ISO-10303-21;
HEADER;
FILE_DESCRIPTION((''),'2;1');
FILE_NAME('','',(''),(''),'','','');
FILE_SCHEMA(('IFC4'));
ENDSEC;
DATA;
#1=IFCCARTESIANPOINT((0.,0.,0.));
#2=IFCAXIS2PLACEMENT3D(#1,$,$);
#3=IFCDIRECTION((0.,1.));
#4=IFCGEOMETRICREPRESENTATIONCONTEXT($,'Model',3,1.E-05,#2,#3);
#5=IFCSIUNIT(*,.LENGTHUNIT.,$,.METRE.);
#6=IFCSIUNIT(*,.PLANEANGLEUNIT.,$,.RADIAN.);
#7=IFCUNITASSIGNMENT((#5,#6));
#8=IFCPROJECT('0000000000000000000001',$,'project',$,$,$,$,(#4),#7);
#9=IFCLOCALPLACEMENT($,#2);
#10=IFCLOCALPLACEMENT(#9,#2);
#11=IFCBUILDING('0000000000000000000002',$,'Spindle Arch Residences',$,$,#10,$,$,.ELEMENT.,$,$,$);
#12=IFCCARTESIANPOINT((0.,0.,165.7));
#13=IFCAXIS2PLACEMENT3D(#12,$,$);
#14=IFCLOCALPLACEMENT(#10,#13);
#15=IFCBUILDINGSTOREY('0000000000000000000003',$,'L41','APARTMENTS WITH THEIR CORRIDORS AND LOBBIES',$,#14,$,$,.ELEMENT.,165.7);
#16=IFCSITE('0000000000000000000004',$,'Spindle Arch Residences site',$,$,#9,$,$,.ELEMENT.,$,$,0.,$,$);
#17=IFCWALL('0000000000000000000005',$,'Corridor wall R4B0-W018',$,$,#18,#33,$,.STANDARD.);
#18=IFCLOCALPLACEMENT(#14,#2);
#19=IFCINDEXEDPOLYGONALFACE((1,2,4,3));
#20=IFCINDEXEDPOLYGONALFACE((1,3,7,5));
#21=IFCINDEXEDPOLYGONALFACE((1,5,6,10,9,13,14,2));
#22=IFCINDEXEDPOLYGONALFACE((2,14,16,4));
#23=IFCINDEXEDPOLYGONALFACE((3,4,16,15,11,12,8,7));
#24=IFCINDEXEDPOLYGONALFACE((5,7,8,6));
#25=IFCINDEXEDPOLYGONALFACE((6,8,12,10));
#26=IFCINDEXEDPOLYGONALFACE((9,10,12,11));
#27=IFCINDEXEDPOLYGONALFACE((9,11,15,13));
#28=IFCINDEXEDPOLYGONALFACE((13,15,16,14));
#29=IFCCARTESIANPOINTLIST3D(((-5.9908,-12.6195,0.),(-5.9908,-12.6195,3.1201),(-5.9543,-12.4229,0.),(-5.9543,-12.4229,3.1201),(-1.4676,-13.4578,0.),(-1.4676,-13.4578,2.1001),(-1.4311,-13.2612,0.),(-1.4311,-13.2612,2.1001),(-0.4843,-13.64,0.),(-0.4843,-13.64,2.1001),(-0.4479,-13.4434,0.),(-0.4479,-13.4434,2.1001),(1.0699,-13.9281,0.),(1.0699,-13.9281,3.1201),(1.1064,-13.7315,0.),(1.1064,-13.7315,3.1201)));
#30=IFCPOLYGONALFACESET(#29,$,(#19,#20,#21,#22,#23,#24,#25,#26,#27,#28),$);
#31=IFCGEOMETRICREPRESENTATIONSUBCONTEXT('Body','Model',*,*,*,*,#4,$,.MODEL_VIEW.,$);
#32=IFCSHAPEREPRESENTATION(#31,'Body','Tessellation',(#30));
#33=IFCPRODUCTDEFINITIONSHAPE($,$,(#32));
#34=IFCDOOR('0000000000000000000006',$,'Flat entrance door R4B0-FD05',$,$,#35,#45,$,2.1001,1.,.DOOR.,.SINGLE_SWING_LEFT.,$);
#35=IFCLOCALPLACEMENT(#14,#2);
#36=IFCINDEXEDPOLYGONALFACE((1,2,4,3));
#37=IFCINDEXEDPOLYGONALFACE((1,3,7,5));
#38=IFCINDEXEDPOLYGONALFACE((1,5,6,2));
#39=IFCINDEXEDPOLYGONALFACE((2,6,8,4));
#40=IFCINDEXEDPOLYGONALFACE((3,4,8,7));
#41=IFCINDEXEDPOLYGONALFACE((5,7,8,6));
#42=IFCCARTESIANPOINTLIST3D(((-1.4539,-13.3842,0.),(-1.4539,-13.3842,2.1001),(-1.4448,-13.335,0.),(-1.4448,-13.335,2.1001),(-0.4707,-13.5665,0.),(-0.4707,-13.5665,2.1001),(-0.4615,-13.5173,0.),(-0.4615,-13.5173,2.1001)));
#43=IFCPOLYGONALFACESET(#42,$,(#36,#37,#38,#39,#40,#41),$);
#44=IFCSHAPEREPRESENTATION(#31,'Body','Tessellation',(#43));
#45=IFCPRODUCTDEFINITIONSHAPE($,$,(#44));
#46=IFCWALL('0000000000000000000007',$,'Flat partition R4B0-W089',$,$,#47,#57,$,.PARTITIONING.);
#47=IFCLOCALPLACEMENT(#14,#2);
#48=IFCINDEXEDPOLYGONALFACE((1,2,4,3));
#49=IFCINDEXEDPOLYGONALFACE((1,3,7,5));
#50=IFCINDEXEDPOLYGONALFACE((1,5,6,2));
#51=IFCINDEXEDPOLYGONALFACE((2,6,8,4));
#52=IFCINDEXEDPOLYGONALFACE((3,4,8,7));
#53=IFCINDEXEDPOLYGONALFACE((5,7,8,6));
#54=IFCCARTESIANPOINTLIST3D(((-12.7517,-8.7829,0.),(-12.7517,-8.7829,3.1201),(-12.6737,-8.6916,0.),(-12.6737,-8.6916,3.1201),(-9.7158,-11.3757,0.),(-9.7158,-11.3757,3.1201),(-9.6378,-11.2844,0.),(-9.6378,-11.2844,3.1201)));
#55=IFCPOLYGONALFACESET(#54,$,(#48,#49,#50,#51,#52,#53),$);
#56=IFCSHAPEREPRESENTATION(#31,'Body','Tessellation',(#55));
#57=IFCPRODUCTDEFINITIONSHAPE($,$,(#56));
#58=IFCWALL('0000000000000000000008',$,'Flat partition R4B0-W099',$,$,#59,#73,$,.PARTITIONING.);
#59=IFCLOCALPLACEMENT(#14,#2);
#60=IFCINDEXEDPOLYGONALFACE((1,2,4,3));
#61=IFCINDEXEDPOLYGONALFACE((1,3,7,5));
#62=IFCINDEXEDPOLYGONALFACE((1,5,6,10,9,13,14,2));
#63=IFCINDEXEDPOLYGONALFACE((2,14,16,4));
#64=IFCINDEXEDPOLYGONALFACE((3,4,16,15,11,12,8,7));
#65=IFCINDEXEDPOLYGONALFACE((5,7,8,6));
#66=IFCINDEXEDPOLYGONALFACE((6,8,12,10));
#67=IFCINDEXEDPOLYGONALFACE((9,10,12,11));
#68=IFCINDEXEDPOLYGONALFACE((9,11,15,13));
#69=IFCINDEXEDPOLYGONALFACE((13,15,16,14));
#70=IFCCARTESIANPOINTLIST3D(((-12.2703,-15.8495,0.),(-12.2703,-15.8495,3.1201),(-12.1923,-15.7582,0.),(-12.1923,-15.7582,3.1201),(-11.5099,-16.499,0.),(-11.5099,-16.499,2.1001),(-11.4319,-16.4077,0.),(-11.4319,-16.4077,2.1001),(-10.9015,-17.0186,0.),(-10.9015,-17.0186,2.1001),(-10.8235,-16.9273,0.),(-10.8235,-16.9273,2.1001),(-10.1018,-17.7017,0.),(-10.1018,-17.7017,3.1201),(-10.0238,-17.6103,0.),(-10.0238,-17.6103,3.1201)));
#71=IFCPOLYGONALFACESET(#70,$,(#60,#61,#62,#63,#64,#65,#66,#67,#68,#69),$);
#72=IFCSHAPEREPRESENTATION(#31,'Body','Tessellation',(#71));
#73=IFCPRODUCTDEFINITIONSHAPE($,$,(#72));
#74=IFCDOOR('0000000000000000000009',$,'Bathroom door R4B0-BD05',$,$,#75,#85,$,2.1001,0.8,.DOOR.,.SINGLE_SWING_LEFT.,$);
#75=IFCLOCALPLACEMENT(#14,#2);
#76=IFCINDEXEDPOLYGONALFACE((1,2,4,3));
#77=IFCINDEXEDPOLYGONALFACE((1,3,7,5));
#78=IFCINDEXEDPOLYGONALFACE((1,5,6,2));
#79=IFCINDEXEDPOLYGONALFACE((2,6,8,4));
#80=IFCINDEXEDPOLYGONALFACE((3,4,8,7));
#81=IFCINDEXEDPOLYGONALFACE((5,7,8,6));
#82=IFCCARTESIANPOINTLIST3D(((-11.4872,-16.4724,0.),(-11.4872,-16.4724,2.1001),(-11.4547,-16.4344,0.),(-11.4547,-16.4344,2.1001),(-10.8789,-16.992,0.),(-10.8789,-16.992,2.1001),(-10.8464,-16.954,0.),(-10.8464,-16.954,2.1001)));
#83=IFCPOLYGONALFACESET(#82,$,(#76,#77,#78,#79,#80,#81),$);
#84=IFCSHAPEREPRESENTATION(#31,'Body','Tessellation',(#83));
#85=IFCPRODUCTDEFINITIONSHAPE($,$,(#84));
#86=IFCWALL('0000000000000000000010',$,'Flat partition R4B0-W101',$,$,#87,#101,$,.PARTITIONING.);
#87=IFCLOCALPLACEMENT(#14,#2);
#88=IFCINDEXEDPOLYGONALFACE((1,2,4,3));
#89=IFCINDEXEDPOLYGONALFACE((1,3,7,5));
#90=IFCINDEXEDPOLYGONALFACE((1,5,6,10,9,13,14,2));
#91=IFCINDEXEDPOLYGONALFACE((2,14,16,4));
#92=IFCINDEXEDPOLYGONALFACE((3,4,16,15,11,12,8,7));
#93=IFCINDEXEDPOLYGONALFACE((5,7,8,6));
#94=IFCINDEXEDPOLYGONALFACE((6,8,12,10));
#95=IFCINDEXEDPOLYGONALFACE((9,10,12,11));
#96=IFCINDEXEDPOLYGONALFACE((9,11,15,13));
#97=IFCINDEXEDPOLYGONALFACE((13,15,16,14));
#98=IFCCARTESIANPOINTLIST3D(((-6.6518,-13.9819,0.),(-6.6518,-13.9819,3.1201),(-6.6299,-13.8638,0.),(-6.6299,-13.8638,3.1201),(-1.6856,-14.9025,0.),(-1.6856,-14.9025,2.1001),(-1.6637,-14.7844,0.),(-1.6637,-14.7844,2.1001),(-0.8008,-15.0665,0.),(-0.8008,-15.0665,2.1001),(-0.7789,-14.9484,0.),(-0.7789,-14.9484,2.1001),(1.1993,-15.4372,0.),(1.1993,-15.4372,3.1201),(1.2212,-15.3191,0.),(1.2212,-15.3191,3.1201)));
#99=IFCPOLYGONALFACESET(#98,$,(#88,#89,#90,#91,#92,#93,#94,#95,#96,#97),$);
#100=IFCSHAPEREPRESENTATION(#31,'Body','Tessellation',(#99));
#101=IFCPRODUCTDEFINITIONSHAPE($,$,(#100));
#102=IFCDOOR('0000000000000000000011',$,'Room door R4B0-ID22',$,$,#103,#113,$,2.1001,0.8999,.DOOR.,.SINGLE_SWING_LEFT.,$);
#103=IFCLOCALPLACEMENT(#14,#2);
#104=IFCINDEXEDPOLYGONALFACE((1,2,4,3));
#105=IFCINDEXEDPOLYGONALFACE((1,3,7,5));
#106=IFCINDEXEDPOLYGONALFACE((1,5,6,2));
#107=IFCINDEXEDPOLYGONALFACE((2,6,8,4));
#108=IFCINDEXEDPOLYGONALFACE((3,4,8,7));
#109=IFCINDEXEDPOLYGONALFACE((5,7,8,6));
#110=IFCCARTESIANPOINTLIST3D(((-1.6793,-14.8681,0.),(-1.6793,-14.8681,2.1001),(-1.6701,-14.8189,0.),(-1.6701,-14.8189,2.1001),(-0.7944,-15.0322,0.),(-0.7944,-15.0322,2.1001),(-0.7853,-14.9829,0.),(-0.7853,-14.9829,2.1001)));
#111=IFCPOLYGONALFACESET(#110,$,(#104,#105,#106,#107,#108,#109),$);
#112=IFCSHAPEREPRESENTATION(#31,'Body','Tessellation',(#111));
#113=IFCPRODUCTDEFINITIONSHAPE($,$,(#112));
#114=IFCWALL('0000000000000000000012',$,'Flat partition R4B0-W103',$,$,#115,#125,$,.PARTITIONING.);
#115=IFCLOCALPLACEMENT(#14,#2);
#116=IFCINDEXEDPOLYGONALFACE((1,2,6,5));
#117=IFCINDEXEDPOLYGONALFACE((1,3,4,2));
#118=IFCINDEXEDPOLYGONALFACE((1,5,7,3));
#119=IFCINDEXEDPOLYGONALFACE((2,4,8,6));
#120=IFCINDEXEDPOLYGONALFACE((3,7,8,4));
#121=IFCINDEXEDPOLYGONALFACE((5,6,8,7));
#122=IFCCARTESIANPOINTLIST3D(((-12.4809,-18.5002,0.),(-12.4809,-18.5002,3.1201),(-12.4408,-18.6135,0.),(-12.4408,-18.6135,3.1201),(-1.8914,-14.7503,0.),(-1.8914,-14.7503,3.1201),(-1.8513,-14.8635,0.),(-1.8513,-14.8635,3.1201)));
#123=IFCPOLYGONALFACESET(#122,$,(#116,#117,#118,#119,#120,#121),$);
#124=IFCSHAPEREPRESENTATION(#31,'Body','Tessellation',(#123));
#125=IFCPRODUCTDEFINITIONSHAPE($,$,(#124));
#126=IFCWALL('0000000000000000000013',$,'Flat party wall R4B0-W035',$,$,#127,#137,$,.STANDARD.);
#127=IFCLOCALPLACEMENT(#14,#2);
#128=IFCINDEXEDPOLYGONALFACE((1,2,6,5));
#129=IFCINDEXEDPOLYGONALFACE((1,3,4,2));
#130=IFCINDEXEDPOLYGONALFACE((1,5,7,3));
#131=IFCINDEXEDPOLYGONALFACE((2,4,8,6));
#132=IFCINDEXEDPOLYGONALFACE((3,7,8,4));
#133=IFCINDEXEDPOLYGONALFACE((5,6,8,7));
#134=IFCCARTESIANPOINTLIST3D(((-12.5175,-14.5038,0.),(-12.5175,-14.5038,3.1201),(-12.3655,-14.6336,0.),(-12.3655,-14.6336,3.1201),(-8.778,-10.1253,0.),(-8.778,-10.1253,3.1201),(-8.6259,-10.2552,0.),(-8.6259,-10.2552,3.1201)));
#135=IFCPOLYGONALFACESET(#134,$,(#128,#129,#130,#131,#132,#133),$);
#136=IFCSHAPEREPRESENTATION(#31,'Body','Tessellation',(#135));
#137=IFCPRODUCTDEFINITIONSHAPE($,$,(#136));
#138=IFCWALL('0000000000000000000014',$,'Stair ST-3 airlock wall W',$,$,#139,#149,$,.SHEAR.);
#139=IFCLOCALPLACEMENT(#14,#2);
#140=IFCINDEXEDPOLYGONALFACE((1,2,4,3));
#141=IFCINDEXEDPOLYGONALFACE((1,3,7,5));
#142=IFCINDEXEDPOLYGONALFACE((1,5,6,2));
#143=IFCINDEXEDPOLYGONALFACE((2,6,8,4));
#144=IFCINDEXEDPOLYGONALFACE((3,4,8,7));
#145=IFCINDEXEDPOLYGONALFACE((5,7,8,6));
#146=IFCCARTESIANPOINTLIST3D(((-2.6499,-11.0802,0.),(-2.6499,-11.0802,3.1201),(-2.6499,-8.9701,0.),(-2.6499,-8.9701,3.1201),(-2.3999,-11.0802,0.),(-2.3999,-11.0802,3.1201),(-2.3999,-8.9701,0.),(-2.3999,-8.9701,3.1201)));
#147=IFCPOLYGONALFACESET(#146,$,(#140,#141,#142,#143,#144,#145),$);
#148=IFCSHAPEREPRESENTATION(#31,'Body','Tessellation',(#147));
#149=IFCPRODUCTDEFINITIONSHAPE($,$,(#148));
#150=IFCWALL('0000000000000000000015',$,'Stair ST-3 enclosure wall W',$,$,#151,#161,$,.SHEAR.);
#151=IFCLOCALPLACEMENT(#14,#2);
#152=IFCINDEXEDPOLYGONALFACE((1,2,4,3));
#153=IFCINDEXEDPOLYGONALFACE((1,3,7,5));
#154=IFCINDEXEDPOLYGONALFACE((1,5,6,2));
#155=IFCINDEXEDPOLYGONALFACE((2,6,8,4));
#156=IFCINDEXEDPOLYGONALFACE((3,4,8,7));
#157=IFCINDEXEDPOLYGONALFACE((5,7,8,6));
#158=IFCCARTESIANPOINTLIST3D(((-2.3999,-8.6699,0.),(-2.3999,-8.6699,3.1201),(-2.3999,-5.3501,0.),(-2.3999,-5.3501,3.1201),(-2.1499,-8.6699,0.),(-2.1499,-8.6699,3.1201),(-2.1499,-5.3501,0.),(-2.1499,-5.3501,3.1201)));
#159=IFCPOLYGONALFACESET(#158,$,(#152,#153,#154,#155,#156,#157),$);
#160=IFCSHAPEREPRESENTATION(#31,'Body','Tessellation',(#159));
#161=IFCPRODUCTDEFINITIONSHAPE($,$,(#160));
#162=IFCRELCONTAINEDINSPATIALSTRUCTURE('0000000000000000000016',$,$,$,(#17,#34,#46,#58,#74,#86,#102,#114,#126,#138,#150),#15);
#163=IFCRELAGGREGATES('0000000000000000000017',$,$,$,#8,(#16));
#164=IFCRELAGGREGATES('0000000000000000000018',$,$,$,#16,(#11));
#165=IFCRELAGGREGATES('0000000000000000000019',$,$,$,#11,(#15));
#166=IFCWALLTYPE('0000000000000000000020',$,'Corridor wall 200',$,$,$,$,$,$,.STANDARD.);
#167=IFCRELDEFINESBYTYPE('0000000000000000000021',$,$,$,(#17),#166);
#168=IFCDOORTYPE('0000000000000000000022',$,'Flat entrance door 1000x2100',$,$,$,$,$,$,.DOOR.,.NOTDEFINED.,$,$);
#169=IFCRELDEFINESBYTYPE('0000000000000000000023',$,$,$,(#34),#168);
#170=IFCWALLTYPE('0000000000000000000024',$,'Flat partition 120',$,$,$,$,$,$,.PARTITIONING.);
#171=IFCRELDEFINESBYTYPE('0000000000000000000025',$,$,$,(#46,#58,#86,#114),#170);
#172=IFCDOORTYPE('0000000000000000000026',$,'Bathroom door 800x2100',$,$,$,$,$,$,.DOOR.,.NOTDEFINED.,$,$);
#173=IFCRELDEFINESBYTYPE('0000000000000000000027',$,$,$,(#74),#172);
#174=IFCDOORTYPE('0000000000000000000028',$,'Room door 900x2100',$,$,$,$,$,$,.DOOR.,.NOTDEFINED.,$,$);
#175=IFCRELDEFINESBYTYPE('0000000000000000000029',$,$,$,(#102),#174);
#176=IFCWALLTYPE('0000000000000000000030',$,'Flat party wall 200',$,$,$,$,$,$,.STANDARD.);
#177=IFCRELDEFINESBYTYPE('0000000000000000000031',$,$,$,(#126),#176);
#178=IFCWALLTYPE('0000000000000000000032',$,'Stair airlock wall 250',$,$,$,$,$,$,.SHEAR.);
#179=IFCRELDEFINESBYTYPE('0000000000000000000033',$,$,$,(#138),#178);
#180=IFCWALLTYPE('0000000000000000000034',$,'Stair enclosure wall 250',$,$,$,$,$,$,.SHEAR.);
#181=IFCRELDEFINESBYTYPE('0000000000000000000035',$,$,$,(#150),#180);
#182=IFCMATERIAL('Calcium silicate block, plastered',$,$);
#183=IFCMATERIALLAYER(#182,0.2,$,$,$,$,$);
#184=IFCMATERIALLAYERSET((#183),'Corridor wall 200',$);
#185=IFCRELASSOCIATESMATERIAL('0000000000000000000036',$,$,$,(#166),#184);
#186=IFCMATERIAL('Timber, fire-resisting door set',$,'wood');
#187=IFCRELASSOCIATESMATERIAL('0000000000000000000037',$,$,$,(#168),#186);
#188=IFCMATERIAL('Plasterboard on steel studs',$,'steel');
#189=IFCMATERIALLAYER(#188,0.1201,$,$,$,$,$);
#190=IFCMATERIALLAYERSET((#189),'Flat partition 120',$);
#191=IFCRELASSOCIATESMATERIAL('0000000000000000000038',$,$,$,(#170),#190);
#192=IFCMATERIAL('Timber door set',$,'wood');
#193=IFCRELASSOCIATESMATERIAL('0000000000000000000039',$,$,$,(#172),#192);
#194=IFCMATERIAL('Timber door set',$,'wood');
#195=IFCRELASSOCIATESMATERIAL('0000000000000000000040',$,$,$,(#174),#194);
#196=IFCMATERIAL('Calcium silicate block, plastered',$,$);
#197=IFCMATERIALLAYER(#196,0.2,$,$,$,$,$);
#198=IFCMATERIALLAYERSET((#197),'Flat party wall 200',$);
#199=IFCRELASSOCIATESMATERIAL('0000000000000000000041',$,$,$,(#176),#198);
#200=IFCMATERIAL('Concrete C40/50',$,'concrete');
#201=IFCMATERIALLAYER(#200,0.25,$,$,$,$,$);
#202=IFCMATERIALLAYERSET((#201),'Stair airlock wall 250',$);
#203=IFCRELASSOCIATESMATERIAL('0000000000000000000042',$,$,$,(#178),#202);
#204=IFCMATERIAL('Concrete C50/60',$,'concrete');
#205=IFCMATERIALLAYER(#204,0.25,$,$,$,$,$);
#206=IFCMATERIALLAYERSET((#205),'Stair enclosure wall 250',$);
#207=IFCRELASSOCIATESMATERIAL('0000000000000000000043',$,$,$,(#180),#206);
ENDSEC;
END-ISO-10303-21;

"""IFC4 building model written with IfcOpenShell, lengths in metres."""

from ifc_helpers import new_model, si_unit, direction, frame, frame_2d, origin, place, context, subcontext, project, spatial, rectangle, extrude, material, layer, layer_set, type_object, element, fill, save


model = new_model("IFC4")

# Units and contexts
model_context = context("Model", 3, precision=1e-05, world=origin(), true_north=direction((0.0, 1.0)))
body_context = subcontext(model_context, "Body", "Model", "MODEL_VIEW")
ifc_project = project(units=[si_unit("LENGTHUNIT", "METRE"), si_unit("PLANEANGLEUNIT", "RADIAN")], contexts=[model_context])

# Site, building, storey
site_placement = place(None, origin())
site = spatial("IfcSite", under=ifc_project, at=site_placement, Name="Spindle Arch Residences site", CompositionType="ELEMENT", RefElevation=0.0)
building_placement = place(site_placement, origin())
building = spatial("IfcBuilding", under=site, at=building_placement, Name="Spindle Arch Residences", CompositionType="ELEMENT")
storey_placement = place(building_placement, frame((0.0, 0.0, 165.7)))
storey = spatial("IfcBuildingStorey", under=building, at=storey_placement, Name="L41", Description="APARTMENTS WITH THEIR CORRIDORS AND LOBBIES", CompositionType="ELEMENT", Elevation=165.7)

# Wall, opening, door
ifc_material_1 = material(Name="Calcium silicate block, plastered")
ifc_layer_1 = layer(ifc_material_1, 0.2)
ifc_layer_set_1 = layer_set([ifc_layer_1], Name="Corridor wall 200")
wall_type_1 = type_object("IfcWallType", Name="Corridor wall 200", PredefinedType="STANDARD", material=ifc_layer_set_1)
wall_1_placement = place(storey_placement, frame((-5.9724, -12.5212, 0.0), z_axis=(0.0, 0.0, 1.0), x_axis=(0.983256, -0.182229, 0.0)))
wall_1 = element("IfcWall", 1, at=wall_1_placement, inside=storey, type_object=wall_type_1, Name="Corridor wall R4B0-W018", PredefinedType="STANDARD", context=body_context, shape_type="SweptSolid", body=[
    extrude(rectangle(XDim=7.1809, YDim=0.2, at=frame_2d((3.5903, 0.0))), origin(), (0.0, 0.0, 1.0), 3.1201),
])
opening_1_placement = place(wall_1_placement, frame((4.6001, 0.0, 0.0)))
opening_1 = element("IfcOpeningElement", 2, at=opening_1_placement, cuts=wall_1, PredefinedType="OPENING", context=body_context, shape_type="SweptSolid", body=[
    extrude(rectangle(XDim=1.0, YDim=2.1001, at=frame_2d((0.5, 1.05))), frame((0.0, 0.1099, 0.0), z_axis=(0.0, -1.0, 0.0), x_axis=(1.0, 0.0, 0.0)), (0.0, 0.0, 1.0), 0.22),
])
ifc_material_2 = material(Name="Timber, fire-resisting door set", Category="wood")
door_type_1 = type_object("IfcDoorType", Name="Flat entrance door 1000x2100", OperationType="NOTDEFINED", PredefinedType="DOOR", material=ifc_material_2)
door_1_placement = place(opening_1_placement, origin())
door_1 = element("IfcDoor", 3, at=door_1_placement, inside=storey, type_object=door_type_1, Name="Flat entrance door R4B0-FD05", OperationType="SINGLE_SWING_LEFT", OverallHeight=2.1001, OverallWidth=1.0, PredefinedType="DOOR", context=body_context, shape_type="SweptSolid", body=[
    extrude(rectangle(XDim=1.0, YDim=2.1001, at=frame_2d((0.5, 1.05))), frame((0.0, 0.0249, 0.0), z_axis=(0.0, -1.0, 0.0), x_axis=(1.0, 0.0, 0.0)), (0.0, 0.0, 1.0), 0.05),
])
fill(opening_1, door_1)

# Wall
ifc_material_3 = material(Name="Plasterboard on steel studs", Category="steel")
ifc_layer_2 = layer(ifc_material_3, 0.1201)
ifc_layer_set_2 = layer_set([ifc_layer_2], Name="Flat partition 120")
wall_type_2 = type_object("IfcWallType", Name="Flat partition 120", PredefinedType="PARTITIONING", material=ifc_layer_set_2)
wall_2_placement = place(storey_placement, frame((-12.7126, -8.7373, 0.0), z_axis=(0.0, 0.0, 1.0), x_axis=(0.760421, -0.649431, 0.0)))
element("IfcWall", 4, at=wall_2_placement, inside=storey, type_object=wall_type_2, Name="Flat partition R4B0-W089", PredefinedType="PARTITIONING", context=body_context, shape_type="SweptSolid", body=[
    extrude(rectangle(XDim=3.9924, YDim=0.1201, at=frame_2d((1.9961, 0.0))), origin(), (0.0, 0.0, 1.0), 3.1201),
])

# Walls, openings, doors
wall_3_placement = place(storey_placement, frame((-12.2312, -15.804, 0.0), z_axis=(0.0, 0.0, 1.0), x_axis=(0.760404, -0.649451, 0.0)))
wall_3 = element("IfcWall", 5, at=wall_3_placement, inside=storey, type_object=wall_type_2, Name="Flat partition R4B0-W099", PredefinedType="PARTITIONING", context=body_context, shape_type="SweptSolid", body=[
    extrude(rectangle(XDim=2.8518, YDim=0.1201, at=frame_2d((1.4258, 0.0))), origin(), (0.0, 0.0, 1.0), 3.1201),
])
opening_2_placement = place(wall_3_placement, frame((1.0, 0.0, 0.0)))
opening_2 = element("IfcOpeningElement", 6, at=opening_2_placement, cuts=wall_3, PredefinedType="OPENING", context=body_context, shape_type="SweptSolid", body=[
    extrude(rectangle(XDim=0.8, YDim=2.1001, at=frame_2d((0.3999, 1.05))), frame((0.0, 0.0701, 0.0), z_axis=(0.0, -1.0, 0.0), x_axis=(1.0, 0.0, 0.0)), (0.0, 0.0, 1.0), 0.1401),
])
ifc_material_4 = material(Name="Timber door set", Category="wood")
door_type_2 = type_object("IfcDoorType", Name="Bathroom door 800x2100", OperationType="NOTDEFINED", PredefinedType="DOOR", material=ifc_material_4)
door_2_placement = place(opening_2_placement, origin())
door_2 = element("IfcDoor", 7, at=door_2_placement, inside=storey, type_object=door_type_2, Name="Bathroom door R4B0-BD05", OperationType="SINGLE_SWING_LEFT", OverallHeight=2.1001, OverallWidth=0.8, PredefinedType="DOOR", context=body_context, shape_type="SweptSolid", body=[
    extrude(rectangle(XDim=0.8, YDim=2.1001, at=frame_2d((0.3999, 1.05))), frame((0.0, 0.0249, 0.0), z_axis=(0.0, -1.0, 0.0), x_axis=(1.0, 0.0, 0.0)), (0.0, 0.0, 1.0), 0.05),
])
fill(opening_2, door_2)
wall_4_placement = place(storey_placement, frame((-6.6409, -13.9229, 0.0), z_axis=(0.0, 0.0, 1.0), x_axis=(0.98325, -0.182261, 0.0)))
wall_4 = element("IfcWall", 8, at=wall_4_placement, inside=storey, type_object=wall_type_2, Name="Flat partition R4B0-W101", PredefinedType="PARTITIONING", context=body_context, shape_type="SweptSolid", body=[
    extrude(rectangle(XDim=7.9849, YDim=0.1201, at=frame_2d((3.9924, 0.0))), origin(), (0.0, 0.0, 1.0), 3.1201),
])
opening_3_placement = place(wall_4_placement, frame((5.0508, 0.0, 0.0)))
opening_3 = element("IfcOpeningElement", 9, at=opening_3_placement, cuts=wall_4, PredefinedType="OPENING", context=body_context, shape_type="SweptSolid", body=[
    extrude(rectangle(XDim=0.8999, YDim=2.1001, at=frame_2d((0.45, 1.05))), frame((0.0, 0.0701, 0.0), z_axis=(0.0, -1.0, 0.0), x_axis=(1.0, 0.0, 0.0)), (0.0, 0.0, 1.0), 0.1401),
])
ifc_material_5 = material(Name="Timber door set", Category="wood")
door_type_3 = type_object("IfcDoorType", Name="Room door 900x2100", OperationType="NOTDEFINED", PredefinedType="DOOR", material=ifc_material_5)
door_3_placement = place(opening_3_placement, origin())
door_3 = element("IfcDoor", 10, at=door_3_placement, inside=storey, type_object=door_type_3, Name="Room door R4B0-ID22", OperationType="SINGLE_SWING_LEFT", OverallHeight=2.1001, OverallWidth=0.8999, PredefinedType="DOOR", context=body_context, shape_type="SweptSolid", body=[
    extrude(rectangle(XDim=0.8999, YDim=2.1001, at=frame_2d((0.45, 1.05))), frame((0.0, 0.0249, 0.0), z_axis=(0.0, -1.0, 0.0), x_axis=(1.0, 0.0, 0.0)), (0.0, 0.0, 1.0), 0.05),
])
fill(opening_3, door_3)

# Walls
wall_5_placement = place(storey_placement, frame((-1.8713, -14.8069, 0.0), z_axis=(0.0, 0.0, 1.0), x_axis=(-0.942641, -0.333809, 0.0)))
element("IfcWall", 11, at=wall_5_placement, inside=storey, type_object=wall_type_2, Name="Flat partition R4B0-W103", PredefinedType="PARTITIONING", context=body_context, shape_type="SweptSolid", body=[
    extrude(rectangle(XDim=11.2339, YDim=0.1201, at=frame_2d((5.6169, 0.0))), origin(), (0.0, 0.0, 1.0), 3.1201),
])
ifc_material_6 = material(Name="Calcium silicate block, plastered")
ifc_layer_3 = layer(ifc_material_6, 0.2)
ifc_layer_set_3 = layer_set([ifc_layer_3], Name="Flat party wall 200")
wall_type_3 = type_object("IfcWallType", Name="Flat party wall 200", PredefinedType="STANDARD", material=ifc_layer_set_3)
wall_6_placement = place(storey_placement, frame((-12.4414, -14.5686, 0.0), z_axis=(0.0, 0.0, 1.0), x_axis=(0.649446, 0.760408, 0.0)))
element("IfcWall", 12, at=wall_6_placement, inside=storey, type_object=wall_type_3, Name="Flat party wall R4B0-W035", PredefinedType="STANDARD", context=body_context, shape_type="SweptSolid", body=[
    extrude(rectangle(XDim=5.7581, YDim=0.2, at=frame_2d((2.8789, 0.0))), origin(), (0.0, 0.0, 1.0), 3.1201),
])
ifc_material_7 = material(Name="Concrete C40/50", Category="concrete")
ifc_layer_4 = layer(ifc_material_7, 0.25)
ifc_layer_set_4 = layer_set([ifc_layer_4], Name="Stair airlock wall 250")
wall_type_4 = type_object("IfcWallType", Name="Stair airlock wall 250", PredefinedType="SHEAR", material=ifc_layer_set_4)
wall_7_placement = place(storey_placement, frame((-2.5249, -8.97, 0.0), z_axis=(0.0, 0.0, 1.0), x_axis=(0.0, -1.0, 0.0)))
element("IfcWall", 13, at=wall_7_placement, inside=storey, type_object=wall_type_4, Name="Stair ST-3 airlock wall W", PredefinedType="SHEAR", context=body_context, shape_type="SweptSolid", body=[
    extrude(rectangle(XDim=2.1101, YDim=0.25, at=frame_2d((1.0552, 0.0))), origin(), (0.0, 0.0, 1.0), 3.1201),
])
ifc_material_8 = material(Name="Concrete C50/60", Category="concrete")
ifc_layer_5 = layer(ifc_material_8, 0.25)
ifc_layer_set_5 = layer_set([ifc_layer_5], Name="Stair enclosure wall 250")
wall_type_5 = type_object("IfcWallType", Name="Stair enclosure wall 250", PredefinedType="SHEAR", material=ifc_layer_set_5)
wall_8_placement = place(storey_placement, frame((-2.2749, -8.6699, 0.0), z_axis=(0.0, 0.0, 1.0), x_axis=(0.0, 1.0, 0.0)))
element("IfcWall", 14, at=wall_8_placement, inside=storey, type_object=wall_type_5, Name="Stair ST-3 enclosure wall W", PredefinedType="SHEAR", context=body_context, shape_type="SweptSolid", body=[
    extrude(rectangle(XDim=3.3198, YDim=0.25, at=frame_2d((1.6599, 0.0))), origin(), (0.0, 0.0, 1.0), 3.1201),
])

save(model, "model.ifc")
